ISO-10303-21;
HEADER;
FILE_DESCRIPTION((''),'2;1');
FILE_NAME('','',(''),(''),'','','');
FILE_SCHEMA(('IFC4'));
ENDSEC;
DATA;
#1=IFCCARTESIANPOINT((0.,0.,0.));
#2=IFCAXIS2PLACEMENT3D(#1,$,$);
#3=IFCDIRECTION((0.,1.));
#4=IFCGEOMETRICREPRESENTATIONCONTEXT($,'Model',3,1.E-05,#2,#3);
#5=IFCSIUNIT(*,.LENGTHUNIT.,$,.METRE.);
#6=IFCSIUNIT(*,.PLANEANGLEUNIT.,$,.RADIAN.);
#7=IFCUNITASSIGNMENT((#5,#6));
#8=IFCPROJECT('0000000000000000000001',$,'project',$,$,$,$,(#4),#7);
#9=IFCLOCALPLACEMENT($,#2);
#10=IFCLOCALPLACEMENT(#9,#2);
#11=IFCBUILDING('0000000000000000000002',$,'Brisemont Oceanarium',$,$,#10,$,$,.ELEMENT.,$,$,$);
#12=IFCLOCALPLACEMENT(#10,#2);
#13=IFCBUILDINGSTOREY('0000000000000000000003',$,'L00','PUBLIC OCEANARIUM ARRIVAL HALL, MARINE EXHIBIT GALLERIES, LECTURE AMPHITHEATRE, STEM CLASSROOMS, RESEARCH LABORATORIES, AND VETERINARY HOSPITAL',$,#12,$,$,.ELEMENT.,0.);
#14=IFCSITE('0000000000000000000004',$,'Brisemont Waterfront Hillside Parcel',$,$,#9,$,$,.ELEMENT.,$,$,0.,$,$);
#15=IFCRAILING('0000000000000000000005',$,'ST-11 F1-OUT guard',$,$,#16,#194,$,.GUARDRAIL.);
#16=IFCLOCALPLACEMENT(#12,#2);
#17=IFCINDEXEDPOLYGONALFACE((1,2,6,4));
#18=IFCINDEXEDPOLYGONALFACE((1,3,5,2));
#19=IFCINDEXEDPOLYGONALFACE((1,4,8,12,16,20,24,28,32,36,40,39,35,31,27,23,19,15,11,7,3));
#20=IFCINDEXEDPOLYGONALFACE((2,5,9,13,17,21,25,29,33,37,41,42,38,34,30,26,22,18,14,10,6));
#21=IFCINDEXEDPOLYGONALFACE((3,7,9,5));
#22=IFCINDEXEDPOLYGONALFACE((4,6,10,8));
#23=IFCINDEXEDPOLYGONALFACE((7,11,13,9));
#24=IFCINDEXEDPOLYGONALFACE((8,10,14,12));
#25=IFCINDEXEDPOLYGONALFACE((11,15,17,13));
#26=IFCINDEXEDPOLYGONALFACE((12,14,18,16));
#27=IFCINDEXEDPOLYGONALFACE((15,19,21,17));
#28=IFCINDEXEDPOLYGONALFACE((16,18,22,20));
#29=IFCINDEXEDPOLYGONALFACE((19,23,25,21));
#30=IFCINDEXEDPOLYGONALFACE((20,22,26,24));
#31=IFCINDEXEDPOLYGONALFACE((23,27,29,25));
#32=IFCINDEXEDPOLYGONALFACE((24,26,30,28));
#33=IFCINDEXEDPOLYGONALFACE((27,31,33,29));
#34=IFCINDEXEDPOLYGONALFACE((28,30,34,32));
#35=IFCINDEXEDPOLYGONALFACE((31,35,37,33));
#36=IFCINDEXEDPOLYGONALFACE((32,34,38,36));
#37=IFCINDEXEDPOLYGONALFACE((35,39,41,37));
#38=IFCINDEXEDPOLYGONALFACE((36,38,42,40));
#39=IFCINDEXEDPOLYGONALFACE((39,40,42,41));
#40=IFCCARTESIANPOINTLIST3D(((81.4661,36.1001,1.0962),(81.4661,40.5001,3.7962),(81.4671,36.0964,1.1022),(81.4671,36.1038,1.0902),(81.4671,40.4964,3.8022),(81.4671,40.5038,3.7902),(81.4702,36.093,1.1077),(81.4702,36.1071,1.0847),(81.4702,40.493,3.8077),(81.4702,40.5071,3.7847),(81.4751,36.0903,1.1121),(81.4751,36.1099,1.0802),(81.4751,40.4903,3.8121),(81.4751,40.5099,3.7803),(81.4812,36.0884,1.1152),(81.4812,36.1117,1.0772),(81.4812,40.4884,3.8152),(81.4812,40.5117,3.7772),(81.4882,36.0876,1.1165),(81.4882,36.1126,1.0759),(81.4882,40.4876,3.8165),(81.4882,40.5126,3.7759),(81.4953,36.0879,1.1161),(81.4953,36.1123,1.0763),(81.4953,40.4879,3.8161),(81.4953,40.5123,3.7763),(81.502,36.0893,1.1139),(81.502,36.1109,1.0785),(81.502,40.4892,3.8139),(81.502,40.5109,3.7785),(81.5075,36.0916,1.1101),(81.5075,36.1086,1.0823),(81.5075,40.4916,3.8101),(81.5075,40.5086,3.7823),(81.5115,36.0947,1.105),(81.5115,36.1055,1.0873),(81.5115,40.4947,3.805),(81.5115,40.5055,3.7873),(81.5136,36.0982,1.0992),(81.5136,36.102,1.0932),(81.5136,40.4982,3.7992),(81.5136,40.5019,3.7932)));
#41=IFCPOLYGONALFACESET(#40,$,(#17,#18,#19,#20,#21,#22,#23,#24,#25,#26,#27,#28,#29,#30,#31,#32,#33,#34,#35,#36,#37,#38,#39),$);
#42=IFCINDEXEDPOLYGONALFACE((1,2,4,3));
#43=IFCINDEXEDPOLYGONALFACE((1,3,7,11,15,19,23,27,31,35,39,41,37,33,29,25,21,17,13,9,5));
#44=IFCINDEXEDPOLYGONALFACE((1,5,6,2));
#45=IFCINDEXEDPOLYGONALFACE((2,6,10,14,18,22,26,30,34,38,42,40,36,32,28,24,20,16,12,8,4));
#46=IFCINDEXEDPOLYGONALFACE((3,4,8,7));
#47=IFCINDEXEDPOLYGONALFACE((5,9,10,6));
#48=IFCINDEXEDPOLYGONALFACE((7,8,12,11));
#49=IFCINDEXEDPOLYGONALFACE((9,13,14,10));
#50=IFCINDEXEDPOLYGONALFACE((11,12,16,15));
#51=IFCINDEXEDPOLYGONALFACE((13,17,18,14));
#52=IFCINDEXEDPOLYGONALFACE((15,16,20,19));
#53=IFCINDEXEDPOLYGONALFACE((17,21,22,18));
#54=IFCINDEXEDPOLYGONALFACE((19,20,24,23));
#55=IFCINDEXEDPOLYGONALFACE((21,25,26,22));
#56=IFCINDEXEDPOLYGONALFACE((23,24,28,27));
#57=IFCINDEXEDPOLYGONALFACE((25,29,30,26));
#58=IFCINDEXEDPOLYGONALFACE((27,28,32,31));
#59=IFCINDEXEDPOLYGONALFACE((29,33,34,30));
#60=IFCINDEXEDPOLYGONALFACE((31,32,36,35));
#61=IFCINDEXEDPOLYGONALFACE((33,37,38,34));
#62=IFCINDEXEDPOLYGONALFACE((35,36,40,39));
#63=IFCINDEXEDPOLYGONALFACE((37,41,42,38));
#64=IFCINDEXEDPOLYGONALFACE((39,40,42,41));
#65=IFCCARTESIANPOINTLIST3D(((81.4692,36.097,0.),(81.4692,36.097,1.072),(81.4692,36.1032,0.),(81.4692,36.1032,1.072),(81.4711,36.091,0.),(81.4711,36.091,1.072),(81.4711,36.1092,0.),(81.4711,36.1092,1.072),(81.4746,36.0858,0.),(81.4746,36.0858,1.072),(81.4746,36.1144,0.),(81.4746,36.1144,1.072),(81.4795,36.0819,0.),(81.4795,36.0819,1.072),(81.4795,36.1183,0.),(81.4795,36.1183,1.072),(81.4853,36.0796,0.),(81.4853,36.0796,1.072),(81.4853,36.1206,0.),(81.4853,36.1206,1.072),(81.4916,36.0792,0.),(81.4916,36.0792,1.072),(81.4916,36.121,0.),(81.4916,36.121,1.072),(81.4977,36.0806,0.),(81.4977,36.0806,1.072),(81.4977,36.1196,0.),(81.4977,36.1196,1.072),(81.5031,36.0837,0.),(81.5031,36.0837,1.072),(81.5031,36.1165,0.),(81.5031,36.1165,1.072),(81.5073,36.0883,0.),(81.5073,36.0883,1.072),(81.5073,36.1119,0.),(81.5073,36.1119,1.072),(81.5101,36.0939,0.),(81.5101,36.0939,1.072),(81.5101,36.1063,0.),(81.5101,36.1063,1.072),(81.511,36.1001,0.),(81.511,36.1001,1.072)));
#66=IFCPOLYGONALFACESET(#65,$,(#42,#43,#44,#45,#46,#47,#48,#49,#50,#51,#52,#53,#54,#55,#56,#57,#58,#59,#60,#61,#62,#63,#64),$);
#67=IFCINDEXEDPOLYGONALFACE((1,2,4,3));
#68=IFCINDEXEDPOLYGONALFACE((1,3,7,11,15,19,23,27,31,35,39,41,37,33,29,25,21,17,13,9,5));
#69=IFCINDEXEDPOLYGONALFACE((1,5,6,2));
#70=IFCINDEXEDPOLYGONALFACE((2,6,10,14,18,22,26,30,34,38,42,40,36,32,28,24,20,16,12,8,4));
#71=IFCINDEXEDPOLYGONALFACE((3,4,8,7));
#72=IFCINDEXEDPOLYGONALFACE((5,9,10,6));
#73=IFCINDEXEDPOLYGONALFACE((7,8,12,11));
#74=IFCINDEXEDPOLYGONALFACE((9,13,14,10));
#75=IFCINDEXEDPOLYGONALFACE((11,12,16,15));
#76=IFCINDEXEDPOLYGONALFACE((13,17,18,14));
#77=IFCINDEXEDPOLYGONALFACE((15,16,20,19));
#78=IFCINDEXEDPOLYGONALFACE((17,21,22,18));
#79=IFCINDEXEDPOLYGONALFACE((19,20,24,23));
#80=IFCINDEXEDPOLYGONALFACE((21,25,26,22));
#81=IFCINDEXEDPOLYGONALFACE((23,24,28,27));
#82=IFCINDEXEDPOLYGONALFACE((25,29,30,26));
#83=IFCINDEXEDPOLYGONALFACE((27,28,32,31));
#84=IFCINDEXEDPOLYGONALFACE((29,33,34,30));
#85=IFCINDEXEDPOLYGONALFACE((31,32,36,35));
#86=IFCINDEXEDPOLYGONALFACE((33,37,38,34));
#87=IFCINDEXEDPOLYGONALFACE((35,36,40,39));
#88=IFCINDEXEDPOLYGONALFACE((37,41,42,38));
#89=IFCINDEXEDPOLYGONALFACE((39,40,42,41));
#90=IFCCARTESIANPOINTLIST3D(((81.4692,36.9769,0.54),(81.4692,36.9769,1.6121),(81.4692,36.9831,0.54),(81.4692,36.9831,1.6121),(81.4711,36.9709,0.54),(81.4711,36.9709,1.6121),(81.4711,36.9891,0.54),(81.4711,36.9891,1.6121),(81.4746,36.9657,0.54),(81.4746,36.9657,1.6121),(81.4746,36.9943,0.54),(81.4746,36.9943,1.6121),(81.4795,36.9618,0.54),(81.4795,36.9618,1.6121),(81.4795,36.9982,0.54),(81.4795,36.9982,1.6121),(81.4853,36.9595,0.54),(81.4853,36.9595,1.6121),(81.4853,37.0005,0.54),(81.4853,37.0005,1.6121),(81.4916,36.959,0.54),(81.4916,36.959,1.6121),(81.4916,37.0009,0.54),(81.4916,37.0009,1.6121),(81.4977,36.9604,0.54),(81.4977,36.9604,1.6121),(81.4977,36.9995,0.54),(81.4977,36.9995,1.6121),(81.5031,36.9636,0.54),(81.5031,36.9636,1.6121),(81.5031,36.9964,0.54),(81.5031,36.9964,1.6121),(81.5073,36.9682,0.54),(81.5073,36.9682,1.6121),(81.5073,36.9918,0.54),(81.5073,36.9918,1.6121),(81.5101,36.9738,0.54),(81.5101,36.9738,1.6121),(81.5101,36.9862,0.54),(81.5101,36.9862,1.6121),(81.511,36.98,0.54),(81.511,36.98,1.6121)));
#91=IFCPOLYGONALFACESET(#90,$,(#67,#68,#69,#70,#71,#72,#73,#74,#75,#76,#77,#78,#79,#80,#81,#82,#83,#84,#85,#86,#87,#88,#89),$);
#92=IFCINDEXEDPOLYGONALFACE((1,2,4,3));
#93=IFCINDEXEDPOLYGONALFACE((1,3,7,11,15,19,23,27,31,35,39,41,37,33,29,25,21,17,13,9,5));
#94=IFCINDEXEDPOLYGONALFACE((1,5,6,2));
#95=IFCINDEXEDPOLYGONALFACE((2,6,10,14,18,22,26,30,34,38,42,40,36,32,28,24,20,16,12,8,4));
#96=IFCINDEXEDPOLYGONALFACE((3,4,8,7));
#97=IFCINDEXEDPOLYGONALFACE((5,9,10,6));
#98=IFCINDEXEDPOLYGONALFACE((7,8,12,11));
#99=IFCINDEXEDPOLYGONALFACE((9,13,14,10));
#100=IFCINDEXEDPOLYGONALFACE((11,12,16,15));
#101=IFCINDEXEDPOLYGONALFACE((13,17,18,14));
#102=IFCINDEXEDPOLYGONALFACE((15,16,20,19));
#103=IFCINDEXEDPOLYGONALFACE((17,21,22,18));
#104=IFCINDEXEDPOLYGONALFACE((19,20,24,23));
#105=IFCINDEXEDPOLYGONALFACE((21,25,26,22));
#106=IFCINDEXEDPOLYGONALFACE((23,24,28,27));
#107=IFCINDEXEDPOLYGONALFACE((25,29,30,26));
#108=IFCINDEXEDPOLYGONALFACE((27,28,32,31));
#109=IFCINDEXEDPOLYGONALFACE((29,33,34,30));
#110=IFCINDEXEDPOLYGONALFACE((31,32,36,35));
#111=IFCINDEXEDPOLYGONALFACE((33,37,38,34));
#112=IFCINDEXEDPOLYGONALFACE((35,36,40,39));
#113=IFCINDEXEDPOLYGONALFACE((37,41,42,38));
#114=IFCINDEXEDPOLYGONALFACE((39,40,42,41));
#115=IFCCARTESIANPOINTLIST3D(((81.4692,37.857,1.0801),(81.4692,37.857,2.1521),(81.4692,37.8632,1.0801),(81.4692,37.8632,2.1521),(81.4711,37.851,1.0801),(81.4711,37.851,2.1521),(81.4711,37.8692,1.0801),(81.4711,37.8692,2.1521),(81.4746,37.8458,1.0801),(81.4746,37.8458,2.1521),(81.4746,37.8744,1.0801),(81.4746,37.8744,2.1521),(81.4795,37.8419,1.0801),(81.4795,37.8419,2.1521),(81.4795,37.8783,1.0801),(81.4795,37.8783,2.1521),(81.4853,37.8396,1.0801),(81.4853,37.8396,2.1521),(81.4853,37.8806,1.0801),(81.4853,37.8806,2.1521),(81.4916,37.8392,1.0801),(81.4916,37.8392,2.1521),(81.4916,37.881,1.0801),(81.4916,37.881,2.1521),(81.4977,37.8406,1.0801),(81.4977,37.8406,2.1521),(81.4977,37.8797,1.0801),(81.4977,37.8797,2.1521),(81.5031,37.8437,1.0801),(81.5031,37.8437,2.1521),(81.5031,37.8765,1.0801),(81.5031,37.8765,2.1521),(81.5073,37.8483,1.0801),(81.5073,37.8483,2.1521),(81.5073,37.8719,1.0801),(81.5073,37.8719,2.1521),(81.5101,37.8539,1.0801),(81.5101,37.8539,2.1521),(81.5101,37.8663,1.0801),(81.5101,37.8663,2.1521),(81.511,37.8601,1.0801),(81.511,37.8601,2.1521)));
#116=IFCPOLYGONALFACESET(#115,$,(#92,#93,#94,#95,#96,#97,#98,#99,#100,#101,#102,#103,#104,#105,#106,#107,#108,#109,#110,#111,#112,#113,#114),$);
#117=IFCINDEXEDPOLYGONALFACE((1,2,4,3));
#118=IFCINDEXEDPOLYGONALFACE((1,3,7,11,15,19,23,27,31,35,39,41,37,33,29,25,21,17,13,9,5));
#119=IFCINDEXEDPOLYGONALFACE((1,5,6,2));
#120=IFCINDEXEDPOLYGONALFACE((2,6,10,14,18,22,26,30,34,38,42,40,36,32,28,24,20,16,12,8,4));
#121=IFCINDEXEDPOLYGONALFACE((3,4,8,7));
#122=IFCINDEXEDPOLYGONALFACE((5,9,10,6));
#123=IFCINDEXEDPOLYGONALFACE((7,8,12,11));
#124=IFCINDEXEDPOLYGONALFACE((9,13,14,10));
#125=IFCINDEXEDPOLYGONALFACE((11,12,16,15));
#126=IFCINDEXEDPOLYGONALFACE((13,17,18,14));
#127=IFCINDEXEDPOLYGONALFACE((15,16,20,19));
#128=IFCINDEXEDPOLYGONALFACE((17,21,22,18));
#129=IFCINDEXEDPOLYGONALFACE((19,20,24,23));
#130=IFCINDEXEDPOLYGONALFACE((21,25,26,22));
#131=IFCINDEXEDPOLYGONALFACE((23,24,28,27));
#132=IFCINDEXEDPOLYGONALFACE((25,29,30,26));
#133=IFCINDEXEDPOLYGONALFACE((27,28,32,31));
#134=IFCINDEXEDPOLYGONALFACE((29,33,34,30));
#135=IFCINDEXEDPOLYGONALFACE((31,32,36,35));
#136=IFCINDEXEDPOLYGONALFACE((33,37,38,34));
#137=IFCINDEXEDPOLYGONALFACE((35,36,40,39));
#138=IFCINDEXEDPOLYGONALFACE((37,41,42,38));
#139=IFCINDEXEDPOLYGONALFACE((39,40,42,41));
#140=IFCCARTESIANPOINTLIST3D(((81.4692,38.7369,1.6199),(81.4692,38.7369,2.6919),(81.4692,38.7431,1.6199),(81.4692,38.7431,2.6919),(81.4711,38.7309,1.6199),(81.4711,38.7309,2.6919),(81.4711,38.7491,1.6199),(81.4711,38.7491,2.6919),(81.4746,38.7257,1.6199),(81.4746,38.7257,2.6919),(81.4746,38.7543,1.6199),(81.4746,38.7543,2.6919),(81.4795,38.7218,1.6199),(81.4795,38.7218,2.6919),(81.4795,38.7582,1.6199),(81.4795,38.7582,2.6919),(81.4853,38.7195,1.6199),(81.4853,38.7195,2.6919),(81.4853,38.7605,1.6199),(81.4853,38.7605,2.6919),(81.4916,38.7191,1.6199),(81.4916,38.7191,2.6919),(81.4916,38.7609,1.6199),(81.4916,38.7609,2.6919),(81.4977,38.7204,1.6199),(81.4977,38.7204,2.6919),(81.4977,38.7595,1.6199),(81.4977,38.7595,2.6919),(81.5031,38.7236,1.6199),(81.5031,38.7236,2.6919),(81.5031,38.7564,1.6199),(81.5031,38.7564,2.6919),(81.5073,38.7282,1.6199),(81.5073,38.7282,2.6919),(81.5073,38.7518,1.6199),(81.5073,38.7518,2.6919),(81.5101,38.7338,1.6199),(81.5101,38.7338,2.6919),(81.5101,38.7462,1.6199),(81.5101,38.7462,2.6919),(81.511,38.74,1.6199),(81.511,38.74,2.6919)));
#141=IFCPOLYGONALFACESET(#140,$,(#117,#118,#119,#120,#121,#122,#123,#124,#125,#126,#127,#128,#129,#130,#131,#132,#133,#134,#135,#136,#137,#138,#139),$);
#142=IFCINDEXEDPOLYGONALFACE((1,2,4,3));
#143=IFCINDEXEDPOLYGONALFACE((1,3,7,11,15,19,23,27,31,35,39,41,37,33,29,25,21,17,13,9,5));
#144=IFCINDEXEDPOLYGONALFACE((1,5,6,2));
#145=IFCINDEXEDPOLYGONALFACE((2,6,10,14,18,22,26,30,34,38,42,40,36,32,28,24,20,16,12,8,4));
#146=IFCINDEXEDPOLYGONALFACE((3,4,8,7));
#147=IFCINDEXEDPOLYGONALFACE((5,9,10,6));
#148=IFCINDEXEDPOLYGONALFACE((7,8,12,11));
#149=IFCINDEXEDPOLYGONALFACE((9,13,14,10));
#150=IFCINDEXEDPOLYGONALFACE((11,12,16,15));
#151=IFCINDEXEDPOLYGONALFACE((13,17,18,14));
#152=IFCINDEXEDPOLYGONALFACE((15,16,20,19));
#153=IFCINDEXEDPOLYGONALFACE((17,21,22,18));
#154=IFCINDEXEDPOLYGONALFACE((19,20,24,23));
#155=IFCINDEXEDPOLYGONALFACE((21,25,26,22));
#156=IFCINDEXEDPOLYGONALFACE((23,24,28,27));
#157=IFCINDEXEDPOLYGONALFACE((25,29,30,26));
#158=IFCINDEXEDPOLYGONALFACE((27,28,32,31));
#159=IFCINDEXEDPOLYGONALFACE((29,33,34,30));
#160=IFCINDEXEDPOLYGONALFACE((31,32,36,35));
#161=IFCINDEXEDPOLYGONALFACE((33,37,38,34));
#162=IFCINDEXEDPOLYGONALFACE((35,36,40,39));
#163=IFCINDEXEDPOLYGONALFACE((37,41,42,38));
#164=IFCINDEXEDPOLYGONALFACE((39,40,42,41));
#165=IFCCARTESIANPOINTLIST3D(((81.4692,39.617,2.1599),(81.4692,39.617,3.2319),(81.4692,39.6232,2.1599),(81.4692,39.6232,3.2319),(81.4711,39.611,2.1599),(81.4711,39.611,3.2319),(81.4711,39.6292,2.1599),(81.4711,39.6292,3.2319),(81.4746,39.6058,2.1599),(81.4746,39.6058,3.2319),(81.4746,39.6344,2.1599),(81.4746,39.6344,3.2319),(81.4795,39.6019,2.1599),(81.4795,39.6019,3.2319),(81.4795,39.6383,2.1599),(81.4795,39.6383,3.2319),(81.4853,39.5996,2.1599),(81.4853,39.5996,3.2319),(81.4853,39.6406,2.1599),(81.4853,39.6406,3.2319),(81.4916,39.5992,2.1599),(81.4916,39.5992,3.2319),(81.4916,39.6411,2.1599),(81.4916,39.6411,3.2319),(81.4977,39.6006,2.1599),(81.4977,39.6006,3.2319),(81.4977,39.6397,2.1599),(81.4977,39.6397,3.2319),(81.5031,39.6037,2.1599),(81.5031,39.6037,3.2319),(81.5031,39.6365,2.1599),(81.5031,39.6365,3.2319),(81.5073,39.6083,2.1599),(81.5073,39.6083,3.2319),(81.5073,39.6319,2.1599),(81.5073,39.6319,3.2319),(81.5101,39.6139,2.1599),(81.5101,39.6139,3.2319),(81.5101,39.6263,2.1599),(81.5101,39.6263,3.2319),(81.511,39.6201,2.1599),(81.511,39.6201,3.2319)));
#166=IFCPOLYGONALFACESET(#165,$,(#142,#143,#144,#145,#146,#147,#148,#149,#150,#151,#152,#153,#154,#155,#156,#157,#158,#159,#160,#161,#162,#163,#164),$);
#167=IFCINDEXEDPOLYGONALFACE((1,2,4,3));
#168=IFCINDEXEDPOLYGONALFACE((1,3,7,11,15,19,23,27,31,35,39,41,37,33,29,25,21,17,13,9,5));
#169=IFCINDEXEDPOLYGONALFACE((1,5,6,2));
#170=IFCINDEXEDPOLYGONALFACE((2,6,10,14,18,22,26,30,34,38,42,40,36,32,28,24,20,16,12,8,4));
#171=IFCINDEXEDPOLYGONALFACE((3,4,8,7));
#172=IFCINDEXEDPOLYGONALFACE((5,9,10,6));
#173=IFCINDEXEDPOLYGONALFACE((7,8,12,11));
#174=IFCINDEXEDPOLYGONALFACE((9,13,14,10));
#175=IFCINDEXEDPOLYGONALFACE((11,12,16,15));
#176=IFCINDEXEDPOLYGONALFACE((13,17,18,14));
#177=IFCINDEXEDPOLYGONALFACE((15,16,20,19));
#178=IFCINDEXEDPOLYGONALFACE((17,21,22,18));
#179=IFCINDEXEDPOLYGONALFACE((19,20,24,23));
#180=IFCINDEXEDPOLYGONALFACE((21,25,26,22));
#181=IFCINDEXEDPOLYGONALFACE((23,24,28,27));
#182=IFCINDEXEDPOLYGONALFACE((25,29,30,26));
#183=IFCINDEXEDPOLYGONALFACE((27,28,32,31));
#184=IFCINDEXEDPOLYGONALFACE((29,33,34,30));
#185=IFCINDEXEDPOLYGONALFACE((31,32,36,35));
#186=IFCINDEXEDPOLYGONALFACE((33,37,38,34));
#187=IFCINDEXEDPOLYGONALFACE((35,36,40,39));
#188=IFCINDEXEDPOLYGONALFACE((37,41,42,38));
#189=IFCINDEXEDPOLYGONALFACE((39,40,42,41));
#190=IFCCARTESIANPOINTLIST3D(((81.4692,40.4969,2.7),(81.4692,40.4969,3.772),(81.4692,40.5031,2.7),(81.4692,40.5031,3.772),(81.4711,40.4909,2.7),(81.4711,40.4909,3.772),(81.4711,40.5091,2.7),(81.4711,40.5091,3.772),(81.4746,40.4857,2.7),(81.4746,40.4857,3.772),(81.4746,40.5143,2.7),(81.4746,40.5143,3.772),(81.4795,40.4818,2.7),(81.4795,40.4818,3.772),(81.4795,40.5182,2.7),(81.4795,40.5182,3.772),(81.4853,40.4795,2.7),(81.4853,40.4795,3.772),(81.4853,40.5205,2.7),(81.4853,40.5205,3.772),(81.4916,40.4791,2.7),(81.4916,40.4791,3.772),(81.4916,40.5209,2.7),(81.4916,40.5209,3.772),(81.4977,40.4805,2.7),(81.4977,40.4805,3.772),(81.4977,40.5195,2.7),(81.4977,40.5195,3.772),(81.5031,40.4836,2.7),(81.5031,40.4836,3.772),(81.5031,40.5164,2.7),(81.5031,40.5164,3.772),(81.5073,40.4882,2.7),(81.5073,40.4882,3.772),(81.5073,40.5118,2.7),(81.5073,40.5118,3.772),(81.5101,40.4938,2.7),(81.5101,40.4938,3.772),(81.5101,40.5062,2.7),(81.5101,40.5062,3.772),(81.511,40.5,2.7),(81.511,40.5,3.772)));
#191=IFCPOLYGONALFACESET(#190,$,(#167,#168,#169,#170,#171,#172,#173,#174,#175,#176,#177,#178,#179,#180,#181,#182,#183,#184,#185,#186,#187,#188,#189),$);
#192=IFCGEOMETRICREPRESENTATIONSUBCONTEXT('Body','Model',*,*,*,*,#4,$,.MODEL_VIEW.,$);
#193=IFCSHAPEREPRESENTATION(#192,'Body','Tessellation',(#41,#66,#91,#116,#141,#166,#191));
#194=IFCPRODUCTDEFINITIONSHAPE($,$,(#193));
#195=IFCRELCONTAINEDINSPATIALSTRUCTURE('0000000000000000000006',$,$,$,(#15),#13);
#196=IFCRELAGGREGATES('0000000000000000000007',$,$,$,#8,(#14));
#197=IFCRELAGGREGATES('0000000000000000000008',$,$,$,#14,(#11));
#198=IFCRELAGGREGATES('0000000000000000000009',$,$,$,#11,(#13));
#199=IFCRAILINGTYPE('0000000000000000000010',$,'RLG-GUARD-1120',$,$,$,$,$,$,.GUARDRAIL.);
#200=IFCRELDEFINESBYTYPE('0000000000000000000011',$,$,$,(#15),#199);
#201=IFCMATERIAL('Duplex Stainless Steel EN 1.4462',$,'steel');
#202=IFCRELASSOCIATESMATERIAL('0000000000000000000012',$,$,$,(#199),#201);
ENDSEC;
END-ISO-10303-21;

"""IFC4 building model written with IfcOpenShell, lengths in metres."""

from ifc_helpers import new_model, si_unit, direction, frame, origin, origin_2d, place, context, subcontext, project, spatial, circle, extrude, material, type_object, element, save


model = new_model("IFC4")

# Units and contexts
model_context = context("Model", 3, precision=1e-05, world=origin(), true_north=direction((0.0, 1.0)))
body_context = subcontext(model_context, "Body", "Model", "MODEL_VIEW")
ifc_project = project(units=[si_unit("LENGTHUNIT", "METRE"), si_unit("PLANEANGLEUNIT", "RADIAN")], contexts=[model_context])

# Site, building, storey
site_placement = place(None, origin())
site = spatial("IfcSite", under=ifc_project, at=site_placement, Name="Brisemont Waterfront Hillside Parcel", CompositionType="ELEMENT", RefElevation=0.0)
building_placement = place(site_placement, origin())
building = spatial("IfcBuilding", under=site, at=building_placement, Name="Brisemont Oceanarium", CompositionType="ELEMENT")
storey_placement = place(building_placement, origin())
storey = spatial("IfcBuildingStorey", under=building, at=storey_placement, Name="L00", Description="PUBLIC OCEANARIUM ARRIVAL HALL, MARINE EXHIBIT GALLERIES, LECTURE AMPHITHEATRE, STEM CLASSROOMS, RESEARCH LABORATORIES, AND VETERINARY HOSPITAL", CompositionType="ELEMENT", Elevation=0.0)

# Railing
ifc_material_1 = material(Name="Duplex Stainless Steel EN 1.4462", Category="steel")
railing_type_1 = type_object("IfcRailingType", Name="RLG-GUARD-1120", PredefinedType="GUARDRAIL", material=ifc_material_1)
for number, where, name in (
    (1, (81.49, 36.1001, 0.0), "ST-11 F1-OUT guard"),
):
    element("IfcRailing", number, at=place(storey_placement, frame(where)), inside=storey, type_object=railing_type_1, Name=name, PredefinedType="GUARDRAIL", context=body_context, shape_type="SweptSolid", body=[
        extrude(circle(Radius=0.0239, at=origin_2d()), frame((0.0, 0.0, 1.0962), z_axis=(0.0, 0.852322, 0.523018), x_axis=(-1.0, 0.0, 0.0)), (0.0, 0.0, 1.0), 5.1624),
        extrude(circle(Radius=0.021, at=origin_2d()), origin(), (0.0, 0.0, 1.0), 1.072),
        extrude(circle(Radius=0.021, at=origin_2d()), frame((0.0, 0.8799, 0.54)), (0.0, 0.0, 1.0), 1.072),
        extrude(circle(Radius=0.021, at=origin_2d()), frame((0.0, 1.76, 1.0801)), (0.0, 0.0, 1.0), 1.072),
        extrude(circle(Radius=0.021, at=origin_2d()), frame((0.0, 2.6399, 1.6199)), (0.0, 0.0, 1.0), 1.072),
        extrude(circle(Radius=0.021, at=origin_2d()), frame((0.0, 3.52, 2.1599)), (0.0, 0.0, 1.0), 1.072),
        extrude(circle(Radius=0.021, at=origin_2d()), frame((0.0, 4.3999, 2.7)), (0.0, 0.0, 1.0), 1.072),
    ])

save(model, "model.ifc")
